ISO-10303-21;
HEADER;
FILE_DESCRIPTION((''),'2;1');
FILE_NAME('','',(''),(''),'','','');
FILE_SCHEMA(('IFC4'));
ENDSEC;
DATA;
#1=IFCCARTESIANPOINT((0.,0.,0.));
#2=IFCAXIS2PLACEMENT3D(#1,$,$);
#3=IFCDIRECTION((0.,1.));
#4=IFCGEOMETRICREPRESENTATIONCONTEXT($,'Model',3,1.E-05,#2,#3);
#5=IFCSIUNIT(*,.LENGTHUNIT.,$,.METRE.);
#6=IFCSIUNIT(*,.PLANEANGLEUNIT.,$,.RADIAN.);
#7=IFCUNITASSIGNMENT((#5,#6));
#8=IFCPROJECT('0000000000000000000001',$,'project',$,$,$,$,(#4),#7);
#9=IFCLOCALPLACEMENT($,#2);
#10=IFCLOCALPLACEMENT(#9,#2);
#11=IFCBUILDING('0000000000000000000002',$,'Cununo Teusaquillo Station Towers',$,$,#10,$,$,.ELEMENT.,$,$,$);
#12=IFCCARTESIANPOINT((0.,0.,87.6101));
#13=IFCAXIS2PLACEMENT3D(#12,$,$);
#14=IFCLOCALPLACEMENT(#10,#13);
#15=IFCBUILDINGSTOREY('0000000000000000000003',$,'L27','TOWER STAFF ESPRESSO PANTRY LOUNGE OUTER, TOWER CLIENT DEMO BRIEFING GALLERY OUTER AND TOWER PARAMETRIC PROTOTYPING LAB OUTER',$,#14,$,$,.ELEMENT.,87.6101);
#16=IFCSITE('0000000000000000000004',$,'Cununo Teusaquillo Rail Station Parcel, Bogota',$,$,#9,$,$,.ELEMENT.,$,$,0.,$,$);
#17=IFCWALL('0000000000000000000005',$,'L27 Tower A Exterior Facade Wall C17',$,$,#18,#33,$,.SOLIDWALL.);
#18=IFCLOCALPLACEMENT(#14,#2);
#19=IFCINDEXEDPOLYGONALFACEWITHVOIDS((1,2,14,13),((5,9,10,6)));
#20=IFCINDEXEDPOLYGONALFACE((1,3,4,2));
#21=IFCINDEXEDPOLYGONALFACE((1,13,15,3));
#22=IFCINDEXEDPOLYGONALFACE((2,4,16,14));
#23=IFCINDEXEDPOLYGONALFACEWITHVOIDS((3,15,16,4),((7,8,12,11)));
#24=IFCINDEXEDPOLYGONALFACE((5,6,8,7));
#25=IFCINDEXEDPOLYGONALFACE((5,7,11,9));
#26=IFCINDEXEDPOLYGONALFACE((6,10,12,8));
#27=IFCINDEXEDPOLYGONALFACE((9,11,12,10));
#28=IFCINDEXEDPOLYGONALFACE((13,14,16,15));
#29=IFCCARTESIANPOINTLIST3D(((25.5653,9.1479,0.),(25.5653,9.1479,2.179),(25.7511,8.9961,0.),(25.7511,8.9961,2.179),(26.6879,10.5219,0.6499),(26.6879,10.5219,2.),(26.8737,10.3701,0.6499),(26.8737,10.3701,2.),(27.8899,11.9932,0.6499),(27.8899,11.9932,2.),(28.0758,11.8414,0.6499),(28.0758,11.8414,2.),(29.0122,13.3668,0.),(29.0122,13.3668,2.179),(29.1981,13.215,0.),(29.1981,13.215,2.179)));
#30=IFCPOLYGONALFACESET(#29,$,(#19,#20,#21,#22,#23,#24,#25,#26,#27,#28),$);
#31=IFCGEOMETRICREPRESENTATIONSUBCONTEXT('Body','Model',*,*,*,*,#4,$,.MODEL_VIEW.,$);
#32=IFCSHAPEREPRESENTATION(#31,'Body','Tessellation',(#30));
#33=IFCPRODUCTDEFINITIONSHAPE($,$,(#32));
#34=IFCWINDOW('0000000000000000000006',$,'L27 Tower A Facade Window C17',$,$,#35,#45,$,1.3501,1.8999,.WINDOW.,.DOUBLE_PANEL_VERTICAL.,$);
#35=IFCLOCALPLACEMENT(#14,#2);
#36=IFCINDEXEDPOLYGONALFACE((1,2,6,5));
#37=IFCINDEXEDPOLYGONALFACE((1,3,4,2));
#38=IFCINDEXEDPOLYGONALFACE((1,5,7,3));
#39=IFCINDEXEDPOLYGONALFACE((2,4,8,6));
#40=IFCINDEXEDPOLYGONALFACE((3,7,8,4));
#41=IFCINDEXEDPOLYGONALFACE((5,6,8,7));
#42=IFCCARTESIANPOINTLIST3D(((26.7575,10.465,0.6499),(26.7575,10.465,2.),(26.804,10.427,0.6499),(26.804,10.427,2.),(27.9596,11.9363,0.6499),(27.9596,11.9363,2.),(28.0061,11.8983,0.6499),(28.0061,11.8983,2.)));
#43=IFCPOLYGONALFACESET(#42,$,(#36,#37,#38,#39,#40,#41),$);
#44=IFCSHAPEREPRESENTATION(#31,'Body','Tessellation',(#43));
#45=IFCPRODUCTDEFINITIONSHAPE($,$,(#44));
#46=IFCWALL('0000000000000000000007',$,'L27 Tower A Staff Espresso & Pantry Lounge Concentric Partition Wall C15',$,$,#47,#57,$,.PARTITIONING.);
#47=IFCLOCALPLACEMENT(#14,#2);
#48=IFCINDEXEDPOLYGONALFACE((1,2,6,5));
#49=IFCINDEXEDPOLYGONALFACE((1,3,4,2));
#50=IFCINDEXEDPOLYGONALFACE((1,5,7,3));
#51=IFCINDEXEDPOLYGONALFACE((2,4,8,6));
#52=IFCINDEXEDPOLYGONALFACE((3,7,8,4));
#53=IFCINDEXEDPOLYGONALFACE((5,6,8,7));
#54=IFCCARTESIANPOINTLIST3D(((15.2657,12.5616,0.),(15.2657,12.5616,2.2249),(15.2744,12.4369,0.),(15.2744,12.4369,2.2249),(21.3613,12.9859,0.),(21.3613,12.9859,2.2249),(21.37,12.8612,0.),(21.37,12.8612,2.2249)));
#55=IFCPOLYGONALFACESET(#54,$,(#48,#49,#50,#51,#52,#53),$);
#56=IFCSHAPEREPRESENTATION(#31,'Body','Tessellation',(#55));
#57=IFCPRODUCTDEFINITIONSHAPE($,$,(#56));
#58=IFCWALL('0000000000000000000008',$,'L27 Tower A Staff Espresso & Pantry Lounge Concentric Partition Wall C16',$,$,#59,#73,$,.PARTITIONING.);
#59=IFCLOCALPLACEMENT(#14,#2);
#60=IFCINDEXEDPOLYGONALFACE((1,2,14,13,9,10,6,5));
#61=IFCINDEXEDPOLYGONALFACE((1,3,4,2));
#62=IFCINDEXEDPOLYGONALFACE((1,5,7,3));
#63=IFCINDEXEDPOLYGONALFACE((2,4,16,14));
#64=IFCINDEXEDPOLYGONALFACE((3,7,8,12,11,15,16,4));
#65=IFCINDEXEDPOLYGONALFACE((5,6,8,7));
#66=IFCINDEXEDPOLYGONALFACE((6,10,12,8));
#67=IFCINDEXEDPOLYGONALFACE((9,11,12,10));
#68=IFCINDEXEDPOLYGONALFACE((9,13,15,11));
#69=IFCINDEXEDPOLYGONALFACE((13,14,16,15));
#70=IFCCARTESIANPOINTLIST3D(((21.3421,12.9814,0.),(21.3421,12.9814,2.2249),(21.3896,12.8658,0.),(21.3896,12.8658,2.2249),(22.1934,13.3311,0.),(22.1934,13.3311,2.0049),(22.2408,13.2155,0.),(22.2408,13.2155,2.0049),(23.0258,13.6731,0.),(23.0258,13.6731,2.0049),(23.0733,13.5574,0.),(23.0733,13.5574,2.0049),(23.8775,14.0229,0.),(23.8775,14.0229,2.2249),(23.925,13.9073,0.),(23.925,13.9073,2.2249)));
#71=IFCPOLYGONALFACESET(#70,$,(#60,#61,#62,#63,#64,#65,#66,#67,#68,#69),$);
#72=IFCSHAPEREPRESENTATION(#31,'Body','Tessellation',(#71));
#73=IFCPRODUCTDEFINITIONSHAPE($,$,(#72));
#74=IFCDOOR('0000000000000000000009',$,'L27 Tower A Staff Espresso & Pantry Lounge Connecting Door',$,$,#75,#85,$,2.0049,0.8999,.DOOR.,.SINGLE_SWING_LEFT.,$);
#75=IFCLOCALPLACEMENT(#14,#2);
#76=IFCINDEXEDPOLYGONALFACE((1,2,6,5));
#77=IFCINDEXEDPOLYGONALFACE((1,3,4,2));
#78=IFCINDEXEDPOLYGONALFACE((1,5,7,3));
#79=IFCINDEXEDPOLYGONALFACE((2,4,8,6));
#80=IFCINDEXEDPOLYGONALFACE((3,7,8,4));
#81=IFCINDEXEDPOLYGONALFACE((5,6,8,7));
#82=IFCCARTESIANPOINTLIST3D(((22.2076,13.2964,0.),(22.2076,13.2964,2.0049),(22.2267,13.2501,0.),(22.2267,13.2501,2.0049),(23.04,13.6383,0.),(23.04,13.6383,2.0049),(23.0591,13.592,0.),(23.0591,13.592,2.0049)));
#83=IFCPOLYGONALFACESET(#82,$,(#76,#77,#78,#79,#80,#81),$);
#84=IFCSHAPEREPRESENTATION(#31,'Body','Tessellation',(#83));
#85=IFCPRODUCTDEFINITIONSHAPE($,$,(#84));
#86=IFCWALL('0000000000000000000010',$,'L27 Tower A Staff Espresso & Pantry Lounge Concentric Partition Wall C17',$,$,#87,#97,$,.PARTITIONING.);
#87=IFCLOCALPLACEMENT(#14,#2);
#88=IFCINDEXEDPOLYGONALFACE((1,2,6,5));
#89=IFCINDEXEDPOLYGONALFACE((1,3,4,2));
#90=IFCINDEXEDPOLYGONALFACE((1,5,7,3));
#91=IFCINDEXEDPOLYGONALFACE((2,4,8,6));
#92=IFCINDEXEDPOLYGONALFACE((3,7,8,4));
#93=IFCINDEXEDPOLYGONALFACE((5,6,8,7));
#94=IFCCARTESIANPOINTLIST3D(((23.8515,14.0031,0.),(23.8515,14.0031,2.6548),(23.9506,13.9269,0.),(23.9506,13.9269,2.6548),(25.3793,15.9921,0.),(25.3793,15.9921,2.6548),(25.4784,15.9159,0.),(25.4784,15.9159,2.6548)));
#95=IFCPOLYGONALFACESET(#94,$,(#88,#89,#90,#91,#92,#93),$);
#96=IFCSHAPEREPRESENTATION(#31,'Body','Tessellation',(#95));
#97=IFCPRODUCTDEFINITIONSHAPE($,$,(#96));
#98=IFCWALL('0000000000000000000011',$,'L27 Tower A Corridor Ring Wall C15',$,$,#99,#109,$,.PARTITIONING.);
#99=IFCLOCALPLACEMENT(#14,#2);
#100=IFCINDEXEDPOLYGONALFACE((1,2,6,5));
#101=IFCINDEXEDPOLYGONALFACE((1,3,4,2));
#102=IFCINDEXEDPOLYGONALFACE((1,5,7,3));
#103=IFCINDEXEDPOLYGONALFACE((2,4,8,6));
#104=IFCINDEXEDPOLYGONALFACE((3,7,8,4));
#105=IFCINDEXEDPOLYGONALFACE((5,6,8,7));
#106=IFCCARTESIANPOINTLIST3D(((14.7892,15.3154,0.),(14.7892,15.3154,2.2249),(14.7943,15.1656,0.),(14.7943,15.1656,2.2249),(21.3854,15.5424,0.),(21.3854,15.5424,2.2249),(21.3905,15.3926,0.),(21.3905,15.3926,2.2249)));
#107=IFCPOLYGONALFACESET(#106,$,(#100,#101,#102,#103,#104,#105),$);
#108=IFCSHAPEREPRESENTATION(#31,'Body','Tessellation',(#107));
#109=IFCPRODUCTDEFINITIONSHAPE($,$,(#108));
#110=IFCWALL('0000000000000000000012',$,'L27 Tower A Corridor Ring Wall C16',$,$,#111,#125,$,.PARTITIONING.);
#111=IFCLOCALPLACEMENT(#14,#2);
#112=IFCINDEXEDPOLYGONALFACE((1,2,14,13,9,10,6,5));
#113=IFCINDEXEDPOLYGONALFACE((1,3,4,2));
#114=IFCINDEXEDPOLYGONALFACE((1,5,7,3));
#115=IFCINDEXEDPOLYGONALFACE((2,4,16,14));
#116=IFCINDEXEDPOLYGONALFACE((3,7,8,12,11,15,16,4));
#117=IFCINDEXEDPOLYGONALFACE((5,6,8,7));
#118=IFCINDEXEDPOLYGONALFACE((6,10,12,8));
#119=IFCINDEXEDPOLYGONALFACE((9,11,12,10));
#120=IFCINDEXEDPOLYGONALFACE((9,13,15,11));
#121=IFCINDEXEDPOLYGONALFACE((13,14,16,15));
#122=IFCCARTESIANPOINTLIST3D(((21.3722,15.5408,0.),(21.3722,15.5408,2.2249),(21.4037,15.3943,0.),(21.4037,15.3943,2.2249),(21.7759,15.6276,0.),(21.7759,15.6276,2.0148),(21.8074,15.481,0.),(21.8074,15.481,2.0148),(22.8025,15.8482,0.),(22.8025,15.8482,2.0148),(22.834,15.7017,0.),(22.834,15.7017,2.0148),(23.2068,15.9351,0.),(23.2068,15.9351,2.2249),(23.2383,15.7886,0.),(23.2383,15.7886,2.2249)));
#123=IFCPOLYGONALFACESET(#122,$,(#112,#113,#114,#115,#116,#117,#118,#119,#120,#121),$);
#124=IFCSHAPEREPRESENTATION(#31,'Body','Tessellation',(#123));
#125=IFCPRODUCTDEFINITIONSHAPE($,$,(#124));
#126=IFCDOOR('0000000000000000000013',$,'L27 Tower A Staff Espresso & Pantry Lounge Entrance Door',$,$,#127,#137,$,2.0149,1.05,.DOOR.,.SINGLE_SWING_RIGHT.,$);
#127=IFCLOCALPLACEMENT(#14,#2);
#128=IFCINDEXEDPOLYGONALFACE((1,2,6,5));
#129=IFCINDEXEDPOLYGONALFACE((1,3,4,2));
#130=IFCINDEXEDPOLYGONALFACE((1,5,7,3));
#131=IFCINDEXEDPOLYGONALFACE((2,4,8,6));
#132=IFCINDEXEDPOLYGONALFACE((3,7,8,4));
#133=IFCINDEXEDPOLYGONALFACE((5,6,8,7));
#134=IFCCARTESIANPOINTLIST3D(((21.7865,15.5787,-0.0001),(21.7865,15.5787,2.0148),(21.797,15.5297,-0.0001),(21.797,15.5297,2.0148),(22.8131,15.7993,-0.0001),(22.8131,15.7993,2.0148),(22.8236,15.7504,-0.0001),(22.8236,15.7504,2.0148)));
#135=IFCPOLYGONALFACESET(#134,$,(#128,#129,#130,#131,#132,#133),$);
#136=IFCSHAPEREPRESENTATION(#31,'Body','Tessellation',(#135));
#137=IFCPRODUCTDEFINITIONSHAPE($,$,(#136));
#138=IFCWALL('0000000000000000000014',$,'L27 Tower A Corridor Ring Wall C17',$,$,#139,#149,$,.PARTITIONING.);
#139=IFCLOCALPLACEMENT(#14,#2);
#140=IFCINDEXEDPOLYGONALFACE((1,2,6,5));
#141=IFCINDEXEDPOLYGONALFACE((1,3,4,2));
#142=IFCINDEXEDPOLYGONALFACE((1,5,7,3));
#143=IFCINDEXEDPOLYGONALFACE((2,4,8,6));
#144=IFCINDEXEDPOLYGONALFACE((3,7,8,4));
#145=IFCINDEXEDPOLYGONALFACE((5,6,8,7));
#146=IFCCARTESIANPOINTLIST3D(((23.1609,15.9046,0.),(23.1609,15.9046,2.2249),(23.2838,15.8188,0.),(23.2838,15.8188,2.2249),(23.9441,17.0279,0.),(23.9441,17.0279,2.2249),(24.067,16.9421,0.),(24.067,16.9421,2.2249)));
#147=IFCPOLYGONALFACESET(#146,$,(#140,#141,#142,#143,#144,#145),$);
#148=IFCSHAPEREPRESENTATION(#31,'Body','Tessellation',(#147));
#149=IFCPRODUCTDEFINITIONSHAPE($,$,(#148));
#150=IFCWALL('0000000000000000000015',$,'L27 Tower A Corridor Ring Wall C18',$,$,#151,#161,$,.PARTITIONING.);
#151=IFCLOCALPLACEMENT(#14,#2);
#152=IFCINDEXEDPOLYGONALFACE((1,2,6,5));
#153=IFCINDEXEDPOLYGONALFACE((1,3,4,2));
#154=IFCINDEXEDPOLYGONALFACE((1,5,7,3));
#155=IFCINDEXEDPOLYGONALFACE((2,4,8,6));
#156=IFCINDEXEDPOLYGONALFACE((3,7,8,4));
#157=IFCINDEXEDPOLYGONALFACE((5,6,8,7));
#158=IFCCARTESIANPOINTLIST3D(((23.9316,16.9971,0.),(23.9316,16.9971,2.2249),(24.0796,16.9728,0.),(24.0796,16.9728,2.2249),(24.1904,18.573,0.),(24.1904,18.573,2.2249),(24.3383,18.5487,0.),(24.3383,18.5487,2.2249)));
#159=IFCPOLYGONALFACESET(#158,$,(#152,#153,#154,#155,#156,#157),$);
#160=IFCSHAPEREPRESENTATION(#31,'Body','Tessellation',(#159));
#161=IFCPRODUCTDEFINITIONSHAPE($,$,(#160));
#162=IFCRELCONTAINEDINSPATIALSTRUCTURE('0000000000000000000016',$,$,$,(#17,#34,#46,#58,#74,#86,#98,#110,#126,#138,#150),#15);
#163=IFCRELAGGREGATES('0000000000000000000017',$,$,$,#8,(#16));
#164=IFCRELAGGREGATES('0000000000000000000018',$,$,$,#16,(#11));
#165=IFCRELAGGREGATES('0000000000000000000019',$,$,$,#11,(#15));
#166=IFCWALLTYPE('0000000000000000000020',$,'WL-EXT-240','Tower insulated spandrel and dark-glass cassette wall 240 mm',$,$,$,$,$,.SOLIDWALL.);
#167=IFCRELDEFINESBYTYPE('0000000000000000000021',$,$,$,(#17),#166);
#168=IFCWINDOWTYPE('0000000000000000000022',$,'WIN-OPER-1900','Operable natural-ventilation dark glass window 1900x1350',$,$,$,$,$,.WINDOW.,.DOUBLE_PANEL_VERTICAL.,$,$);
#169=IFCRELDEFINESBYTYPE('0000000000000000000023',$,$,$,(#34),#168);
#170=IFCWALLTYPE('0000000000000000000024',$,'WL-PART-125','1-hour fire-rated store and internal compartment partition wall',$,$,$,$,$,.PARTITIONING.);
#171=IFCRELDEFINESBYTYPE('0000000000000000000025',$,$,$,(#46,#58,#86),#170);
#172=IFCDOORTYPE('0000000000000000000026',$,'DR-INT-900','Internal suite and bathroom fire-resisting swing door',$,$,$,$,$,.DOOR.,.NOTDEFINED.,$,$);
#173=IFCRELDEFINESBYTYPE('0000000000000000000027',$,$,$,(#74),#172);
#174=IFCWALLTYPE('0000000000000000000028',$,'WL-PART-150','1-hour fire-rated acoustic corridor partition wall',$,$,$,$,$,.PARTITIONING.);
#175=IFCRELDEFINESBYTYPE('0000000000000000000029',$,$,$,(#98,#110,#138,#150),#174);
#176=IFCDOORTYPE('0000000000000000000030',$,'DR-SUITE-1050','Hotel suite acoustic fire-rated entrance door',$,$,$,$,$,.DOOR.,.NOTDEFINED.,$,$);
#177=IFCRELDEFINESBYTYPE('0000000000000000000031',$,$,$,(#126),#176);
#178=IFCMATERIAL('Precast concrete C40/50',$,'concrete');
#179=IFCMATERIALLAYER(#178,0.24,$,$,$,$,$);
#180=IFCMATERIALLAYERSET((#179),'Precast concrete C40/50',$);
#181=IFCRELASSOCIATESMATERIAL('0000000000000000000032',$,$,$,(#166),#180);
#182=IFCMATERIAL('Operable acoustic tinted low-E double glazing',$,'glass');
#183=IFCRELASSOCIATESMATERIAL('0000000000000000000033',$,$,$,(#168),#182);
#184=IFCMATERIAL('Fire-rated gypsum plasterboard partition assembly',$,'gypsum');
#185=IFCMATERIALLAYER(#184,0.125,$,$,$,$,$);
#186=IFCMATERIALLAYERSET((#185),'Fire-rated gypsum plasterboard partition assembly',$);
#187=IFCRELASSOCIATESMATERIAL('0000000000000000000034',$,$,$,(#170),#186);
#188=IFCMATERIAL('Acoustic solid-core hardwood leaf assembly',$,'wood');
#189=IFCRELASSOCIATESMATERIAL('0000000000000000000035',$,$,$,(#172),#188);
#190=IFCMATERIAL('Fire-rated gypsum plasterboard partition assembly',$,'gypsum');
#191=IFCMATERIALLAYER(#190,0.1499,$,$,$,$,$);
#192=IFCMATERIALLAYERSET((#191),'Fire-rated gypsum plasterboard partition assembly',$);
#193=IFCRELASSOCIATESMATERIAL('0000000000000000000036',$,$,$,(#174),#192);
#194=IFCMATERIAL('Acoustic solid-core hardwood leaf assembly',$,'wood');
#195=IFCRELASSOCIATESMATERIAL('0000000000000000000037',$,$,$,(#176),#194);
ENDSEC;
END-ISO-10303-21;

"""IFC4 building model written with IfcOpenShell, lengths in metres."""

from ifc_helpers import new_model, si_unit, direction, frame, frame_2d, origin, place, context, subcontext, project, spatial, rectangle, extrude, source, transform, mapped, material, layer, layer_set, type_object, element, fill, save


model = new_model("IFC4")

# Units and contexts
model_context = context("Model", 3, precision=1e-05, world=origin(), true_north=direction((0.0, 1.0)))
body_context = subcontext(model_context, "Body", "Model", "MODEL_VIEW")
ifc_project = project(units=[si_unit("LENGTHUNIT", "METRE"), si_unit("PLANEANGLEUNIT", "RADIAN")], contexts=[model_context])

# Site, building, storey
site_placement = place(None, origin())
site = spatial("IfcSite", under=ifc_project, at=site_placement, Name="Cununo Teusaquillo Rail Station Parcel, Bogota", CompositionType="ELEMENT", RefElevation=0.0)
building_placement = place(site_placement, origin())
building = spatial("IfcBuilding", under=site, at=building_placement, Name="Cununo Teusaquillo Station Towers", CompositionType="ELEMENT")
storey_placement = place(building_placement, frame((0.0, 0.0, 87.6101)))
storey = spatial("IfcBuildingStorey", under=building, at=storey_placement, Name="L27", Description="TOWER STAFF ESPRESSO PANTRY LOUNGE OUTER, TOWER CLIENT DEMO BRIEFING GALLERY OUTER AND TOWER PARAMETRIC PROTOTYPING LAB OUTER", CompositionType="ELEMENT", Elevation=87.6101)

# Shared definitions
ifc_material_1 = material(Name="Precast concrete C40/50", Category="concrete")
ifc_layer_1 = layer(ifc_material_1, 0.24)
ifc_layer_set_1 = layer_set([ifc_layer_1], Name="Precast concrete C40/50")
wall_type_1 = type_object("IfcWallType", Name="WL-EXT-240", Description="Tower insulated spandrel and dark-glass cassette wall 240 mm", PredefinedType="SOLIDWALL", material=ifc_layer_set_1)
shared_shape_1 = source(origin(), body_context, "Body", "SweptSolid", [
    extrude(rectangle(XDim=1.8999, YDim=1.3501, at=frame_2d((0.95, 0.675))), frame((0.0, 0.1299, 0.0), z_axis=(0.0, -1.0, 0.0), x_axis=(1.0, 0.0, 0.0)), (0.0, 0.0, 1.0), 0.26),
])
ifc_material_2 = material(Name="Operable acoustic tinted low-E double glazing", Category="glass")
window_type = type_object("IfcWindowType", Name="WIN-OPER-1900", Description="Operable natural-ventilation dark glass window 1900x1350", PartitioningType="DOUBLE_PANEL_VERTICAL", PredefinedType="WINDOW", material=ifc_material_2)
shared_shape_2 = source(origin(), body_context, "Body", "SweptSolid", [
    extrude(rectangle(XDim=1.8999, YDim=1.3501, at=frame_2d((0.95, 0.675))), frame((0.0, 0.03, 0.0), z_axis=(0.0, -1.0, 0.0), x_axis=(1.0, 0.0, 0.0)), (0.0, 0.0, 1.0), 0.0601),
])

# Wall, opening, window
wall_1_placement = place(storey_placement, frame((29.1052, 13.291, 0.0), z_axis=(0.0, 0.0, 1.0), x_axis=(-0.632701, -0.774396, 0.0)))
wall_1 = element("IfcWall", 1, at=wall_1_placement, inside=storey, type_object=wall_type_1, Name="L27 Tower A Exterior Facade Wall C17", PredefinedType="SOLIDWALL", context=body_context, shape_type="SweptSolid", body=[
    extrude(rectangle(XDim=5.448, YDim=0.24, at=frame_2d((2.7241, 0.0))), origin(), (0.0, 0.0, 1.0), 2.179),
])
opening_1_placement = place(wall_1_placement, frame((1.7739, 0.0, 0.6499)))
opening_1 = element("IfcOpeningElement", 2, at=opening_1_placement, cuts=wall_1, PredefinedType="OPENING", context=body_context, shape_type="MappedRepresentation", body=[
    mapped(shared_shape_1, transform((0.0, 0.0, 0.0), x_axis=(1.0, 0.0, 0.0), y_axis=(0.0, 1.0, 0.0), z_axis=(0.0, 0.0, 1.0), scale=1.0)),
])
window_1_placement = place(opening_1_placement, origin())
window_1 = element("IfcWindow", 3, at=window_1_placement, inside=storey, type_object=window_type, Name="L27 Tower A Facade Window C17", OverallHeight=1.3501, OverallWidth=1.8999, PartitioningType="DOUBLE_PANEL_VERTICAL", PredefinedType="WINDOW", context=body_context, shape_type="MappedRepresentation", body=[
    mapped(shared_shape_2, transform((0.0, 0.0, 0.0), x_axis=(1.0, 0.0, 0.0), y_axis=(0.0, 1.0, 0.0), z_axis=(0.0, 0.0, 1.0), scale=1.0)),
])
fill(opening_1, window_1)

# Wall
ifc_material_3 = material(Name="Fire-rated gypsum plasterboard partition assembly", Category="gypsum")
ifc_layer_2 = layer(ifc_material_3, 0.125)
ifc_layer_set_2 = layer_set([ifc_layer_2], Name="Fire-rated gypsum plasterboard partition assembly")
wall_type_2 = type_object("IfcWallType", Name="WL-PART-125", Description="1-hour fire-rated store and internal compartment partition wall", PredefinedType="PARTITIONING", material=ifc_layer_set_2)
wall_2_placement = place(storey_placement, frame((15.27, 12.4993, 0.0), z_axis=(0.0, 0.0, 1.0), x_axis=(0.997586, 0.069441, 0.0)))
element("IfcWall", 4, at=wall_2_placement, inside=storey, type_object=wall_type_2, Name="L27 Tower A Staff Espresso & Pantry Lounge Concentric Partition Wall C15", PredefinedType="PARTITIONING", context=body_context, shape_type="SweptSolid", body=[
    extrude(rectangle(XDim=6.1104, YDim=0.125, at=frame_2d((3.0552, 0.0))), origin(), (0.0, 0.0, 1.0), 2.2249),
])

# Wall, opening, door
wall_3_placement = place(storey_placement, frame((21.3657, 12.9236, 0.0), z_axis=(0.0, 0.0, 1.0), x_axis=(0.924997, 0.379975, 0.0)))
wall_3 = element("IfcWall", 5, at=wall_3_placement, inside=storey, type_object=wall_type_2, Name="L27 Tower A Staff Espresso & Pantry Lounge Concentric Partition Wall C16", PredefinedType="PARTITIONING", context=body_context, shape_type="SweptSolid", body=[
    extrude(rectangle(XDim=2.741, YDim=0.125, at=frame_2d((1.3706, 0.0))), origin(), (0.0, 0.0, 1.0), 2.2249),
])
shared_shape_3 = source(origin(), body_context, "Body", "SweptSolid", [
    extrude(rectangle(XDim=0.8999, YDim=2.0049, at=frame_2d((0.45, 1.0024))), frame((0.0, 0.0725, 0.0), z_axis=(0.0, -1.0, 0.0), x_axis=(1.0, 0.0, 0.0)), (0.0, 0.0, 1.0), 0.145),
])
opening_2_placement = place(wall_3_placement, frame((0.9204, 0.0, 0.0)))
opening_2 = element("IfcOpeningElement", 6, at=opening_2_placement, cuts=wall_3, PredefinedType="OPENING", context=body_context, shape_type="MappedRepresentation", body=[
    mapped(shared_shape_3, transform((0.0, 0.0, 0.0), x_axis=(1.0, 0.0, 0.0), y_axis=(0.0, 1.0, 0.0), z_axis=(0.0, 0.0, 1.0), scale=1.0)),
])
ifc_material_4 = material(Name="Acoustic solid-core hardwood leaf assembly", Category="wood")
door_type_1 = type_object("IfcDoorType", Name="DR-INT-900", Description="Internal suite and bathroom fire-resisting swing door", OperationType="NOTDEFINED", PredefinedType="DOOR", material=ifc_material_4)
shared_shape_4 = source(origin(), body_context, "Body", "SweptSolid", [
    extrude(rectangle(XDim=0.8999, YDim=2.0049, at=frame_2d((0.45, 1.0024))), frame((0.0, 0.0249, 0.0), z_axis=(0.0, -1.0, 0.0), x_axis=(1.0, 0.0, 0.0)), (0.0, 0.0, 1.0), 0.05),
])
door_1_placement = place(opening_2_placement, origin())
door_1 = element("IfcDoor", 7, at=door_1_placement, inside=storey, type_object=door_type_1, Name="L27 Tower A Staff Espresso & Pantry Lounge Connecting Door", OperationType="SINGLE_SWING_LEFT", OverallHeight=2.0049, OverallWidth=0.8999, PredefinedType="DOOR", context=body_context, shape_type="MappedRepresentation", body=[
    mapped(shared_shape_4, transform((0.0, 0.0, 0.0), x_axis=(1.0, 0.0, 0.0), y_axis=(0.0, 1.0, 0.0), z_axis=(0.0, 0.0, 1.0), scale=1.0)),
])
fill(opening_2, door_1)

# Walls
wall_4_placement = place(storey_placement, frame((23.9011, 13.9651, 0.0), z_axis=(0.0, 0.0, 1.0), x_axis=(0.609165, 0.793044, 0.0)))
element("IfcWall", 8, at=wall_4_placement, inside=storey, type_object=wall_type_2, Name="L27 Tower A Staff Espresso & Pantry Lounge Concentric Partition Wall C17", PredefinedType="PARTITIONING", context=body_context, shape_type="SweptSolid", body=[
    extrude(rectangle(XDim=2.5081, YDim=0.125, at=frame_2d((1.2539, 0.0))), origin(), (0.0, 0.0, 1.0), 2.6548),
])
ifc_material_5 = material(Name="Fire-rated gypsum plasterboard partition assembly", Category="gypsum")
ifc_layer_3 = layer(ifc_material_5, 0.1499)
ifc_layer_set_3 = layer_set([ifc_layer_3], Name="Fire-rated gypsum plasterboard partition assembly")
wall_type_3 = type_object("IfcWallType", Name="WL-PART-150", Description="1-hour fire-rated acoustic corridor partition wall", PredefinedType="PARTITIONING", material=ifc_layer_set_3)
wall_5_placement = place(storey_placement, frame((14.7917, 15.2405, 0.0), z_axis=(0.0, 0.0, 1.0), x_axis=(0.999408, 0.034401, 0.0)))
element("IfcWall", 9, at=wall_5_placement, inside=storey, type_object=wall_type_3, Name="L27 Tower A Corridor Ring Wall C15", PredefinedType="PARTITIONING", context=body_context, shape_type="SweptSolid", body=[
    extrude(rectangle(XDim=6.6001, YDim=0.1499, at=frame_2d((3.3, 0.0))), origin(), (0.0, 0.0, 1.0), 2.2249),
])

# Wall, opening, door
wall_6_placement = place(storey_placement, frame((21.3879, 15.4675, 0.0), z_axis=(0.0, 0.0, 1.0), x_axis=(0.977673, 0.210133, 0.0)))
wall_6 = element("IfcWall", 10, at=wall_6_placement, inside=storey, type_object=wall_type_3, Name="L27 Tower A Corridor Ring Wall C16", PredefinedType="PARTITIONING", context=body_context, shape_type="SweptSolid", body=[
    extrude(rectangle(XDim=1.8765, YDim=0.1499, at=frame_2d((0.9382, 0.0))), origin(), (0.0, 0.0, 1.0), 2.2249),
])
shared_shape_5 = source(origin(), body_context, "Body", "SweptSolid", [
    extrude(rectangle(XDim=1.05, YDim=2.0149, at=frame_2d((0.5249, 1.0073))), frame((0.0, 0.085, 0.0), z_axis=(0.0, -1.0, 0.0), x_axis=(1.0, 0.0, 0.0)), (0.0, 0.0, 1.0), 0.1699),
])
opening_3_placement = place(wall_6_placement, frame((0.4131, 0.0, 0.0)))
opening_3 = element("IfcOpeningElement", 11, at=opening_3_placement, cuts=wall_6, PredefinedType="OPENING", context=body_context, shape_type="MappedRepresentation", body=[
    mapped(shared_shape_5, transform((0.0, 0.0, 0.0), x_axis=(1.0, 0.0, 0.0), y_axis=(0.0, 1.0, 0.0), z_axis=(0.0, 0.0, 1.0), scale=1.0)),
])
ifc_material_6 = material(Name="Acoustic solid-core hardwood leaf assembly", Category="wood")
door_type_2 = type_object("IfcDoorType", Name="DR-SUITE-1050", Description="Hotel suite acoustic fire-rated entrance door", OperationType="NOTDEFINED", PredefinedType="DOOR", material=ifc_material_6)
shared_shape_6 = source(origin(), body_context, "Body", "SweptSolid", [
    extrude(rectangle(XDim=1.05, YDim=2.0149, at=frame_2d((0.5249, 1.0073))), frame((0.0, 0.0249, 0.0), z_axis=(0.0, -1.0, 0.0), x_axis=(1.0, 0.0, 0.0)), (0.0, 0.0, 1.0), 0.05),
])
door_2_placement = place(opening_3_placement, origin())
door_2 = element("IfcDoor", 12, at=door_2_placement, inside=storey, type_object=door_type_2, Name="L27 Tower A Staff Espresso & Pantry Lounge Entrance Door", OperationType="SINGLE_SWING_RIGHT", OverallHeight=2.0149, OverallWidth=1.05, PredefinedType="DOOR", context=body_context, shape_type="MappedRepresentation", body=[
    mapped(shared_shape_6, transform((0.0, 0.0, 0.0), x_axis=(1.0, 0.0, 0.0), y_axis=(0.0, 1.0, 0.0), z_axis=(0.0, 0.0, 1.0), scale=1.0)),
])
fill(opening_3, door_2)

# Walls
wall_7_placement = place(storey_placement, frame((23.2224, 15.8618, 0.0), z_axis=(0.0, 0.0, 1.0), x_axis=(0.571942, 0.820294, 0.0)))
element("IfcWall", 13, at=wall_7_placement, inside=storey, type_object=wall_type_3, Name="L27 Tower A Corridor Ring Wall C17", PredefinedType="PARTITIONING", context=body_context, shape_type="SweptSolid", body=[
    extrude(rectangle(XDim=1.3694, YDim=0.1499, at=frame_2d((0.6846, 0.0))), origin(), (0.0, 0.0, 1.0), 2.2249),
])
wall_8_placement = place(storey_placement, frame((24.0056, 16.9851, 0.0), z_axis=(0.0, 0.0, 1.0), x_axis=(0.162043, 0.986784, 0.0)))
element("IfcWall", 14, at=wall_8_placement, inside=storey, type_object=wall_type_3, Name="L27 Tower A Corridor Ring Wall C18", PredefinedType="PARTITIONING", context=body_context, shape_type="SweptSolid", body=[
    extrude(rectangle(XDim=1.5969, YDim=0.1499, at=frame_2d((0.7983, 0.0))), origin(), (0.0, 0.0, 1.0), 2.2249),
])

save(model, "model.ifc")
